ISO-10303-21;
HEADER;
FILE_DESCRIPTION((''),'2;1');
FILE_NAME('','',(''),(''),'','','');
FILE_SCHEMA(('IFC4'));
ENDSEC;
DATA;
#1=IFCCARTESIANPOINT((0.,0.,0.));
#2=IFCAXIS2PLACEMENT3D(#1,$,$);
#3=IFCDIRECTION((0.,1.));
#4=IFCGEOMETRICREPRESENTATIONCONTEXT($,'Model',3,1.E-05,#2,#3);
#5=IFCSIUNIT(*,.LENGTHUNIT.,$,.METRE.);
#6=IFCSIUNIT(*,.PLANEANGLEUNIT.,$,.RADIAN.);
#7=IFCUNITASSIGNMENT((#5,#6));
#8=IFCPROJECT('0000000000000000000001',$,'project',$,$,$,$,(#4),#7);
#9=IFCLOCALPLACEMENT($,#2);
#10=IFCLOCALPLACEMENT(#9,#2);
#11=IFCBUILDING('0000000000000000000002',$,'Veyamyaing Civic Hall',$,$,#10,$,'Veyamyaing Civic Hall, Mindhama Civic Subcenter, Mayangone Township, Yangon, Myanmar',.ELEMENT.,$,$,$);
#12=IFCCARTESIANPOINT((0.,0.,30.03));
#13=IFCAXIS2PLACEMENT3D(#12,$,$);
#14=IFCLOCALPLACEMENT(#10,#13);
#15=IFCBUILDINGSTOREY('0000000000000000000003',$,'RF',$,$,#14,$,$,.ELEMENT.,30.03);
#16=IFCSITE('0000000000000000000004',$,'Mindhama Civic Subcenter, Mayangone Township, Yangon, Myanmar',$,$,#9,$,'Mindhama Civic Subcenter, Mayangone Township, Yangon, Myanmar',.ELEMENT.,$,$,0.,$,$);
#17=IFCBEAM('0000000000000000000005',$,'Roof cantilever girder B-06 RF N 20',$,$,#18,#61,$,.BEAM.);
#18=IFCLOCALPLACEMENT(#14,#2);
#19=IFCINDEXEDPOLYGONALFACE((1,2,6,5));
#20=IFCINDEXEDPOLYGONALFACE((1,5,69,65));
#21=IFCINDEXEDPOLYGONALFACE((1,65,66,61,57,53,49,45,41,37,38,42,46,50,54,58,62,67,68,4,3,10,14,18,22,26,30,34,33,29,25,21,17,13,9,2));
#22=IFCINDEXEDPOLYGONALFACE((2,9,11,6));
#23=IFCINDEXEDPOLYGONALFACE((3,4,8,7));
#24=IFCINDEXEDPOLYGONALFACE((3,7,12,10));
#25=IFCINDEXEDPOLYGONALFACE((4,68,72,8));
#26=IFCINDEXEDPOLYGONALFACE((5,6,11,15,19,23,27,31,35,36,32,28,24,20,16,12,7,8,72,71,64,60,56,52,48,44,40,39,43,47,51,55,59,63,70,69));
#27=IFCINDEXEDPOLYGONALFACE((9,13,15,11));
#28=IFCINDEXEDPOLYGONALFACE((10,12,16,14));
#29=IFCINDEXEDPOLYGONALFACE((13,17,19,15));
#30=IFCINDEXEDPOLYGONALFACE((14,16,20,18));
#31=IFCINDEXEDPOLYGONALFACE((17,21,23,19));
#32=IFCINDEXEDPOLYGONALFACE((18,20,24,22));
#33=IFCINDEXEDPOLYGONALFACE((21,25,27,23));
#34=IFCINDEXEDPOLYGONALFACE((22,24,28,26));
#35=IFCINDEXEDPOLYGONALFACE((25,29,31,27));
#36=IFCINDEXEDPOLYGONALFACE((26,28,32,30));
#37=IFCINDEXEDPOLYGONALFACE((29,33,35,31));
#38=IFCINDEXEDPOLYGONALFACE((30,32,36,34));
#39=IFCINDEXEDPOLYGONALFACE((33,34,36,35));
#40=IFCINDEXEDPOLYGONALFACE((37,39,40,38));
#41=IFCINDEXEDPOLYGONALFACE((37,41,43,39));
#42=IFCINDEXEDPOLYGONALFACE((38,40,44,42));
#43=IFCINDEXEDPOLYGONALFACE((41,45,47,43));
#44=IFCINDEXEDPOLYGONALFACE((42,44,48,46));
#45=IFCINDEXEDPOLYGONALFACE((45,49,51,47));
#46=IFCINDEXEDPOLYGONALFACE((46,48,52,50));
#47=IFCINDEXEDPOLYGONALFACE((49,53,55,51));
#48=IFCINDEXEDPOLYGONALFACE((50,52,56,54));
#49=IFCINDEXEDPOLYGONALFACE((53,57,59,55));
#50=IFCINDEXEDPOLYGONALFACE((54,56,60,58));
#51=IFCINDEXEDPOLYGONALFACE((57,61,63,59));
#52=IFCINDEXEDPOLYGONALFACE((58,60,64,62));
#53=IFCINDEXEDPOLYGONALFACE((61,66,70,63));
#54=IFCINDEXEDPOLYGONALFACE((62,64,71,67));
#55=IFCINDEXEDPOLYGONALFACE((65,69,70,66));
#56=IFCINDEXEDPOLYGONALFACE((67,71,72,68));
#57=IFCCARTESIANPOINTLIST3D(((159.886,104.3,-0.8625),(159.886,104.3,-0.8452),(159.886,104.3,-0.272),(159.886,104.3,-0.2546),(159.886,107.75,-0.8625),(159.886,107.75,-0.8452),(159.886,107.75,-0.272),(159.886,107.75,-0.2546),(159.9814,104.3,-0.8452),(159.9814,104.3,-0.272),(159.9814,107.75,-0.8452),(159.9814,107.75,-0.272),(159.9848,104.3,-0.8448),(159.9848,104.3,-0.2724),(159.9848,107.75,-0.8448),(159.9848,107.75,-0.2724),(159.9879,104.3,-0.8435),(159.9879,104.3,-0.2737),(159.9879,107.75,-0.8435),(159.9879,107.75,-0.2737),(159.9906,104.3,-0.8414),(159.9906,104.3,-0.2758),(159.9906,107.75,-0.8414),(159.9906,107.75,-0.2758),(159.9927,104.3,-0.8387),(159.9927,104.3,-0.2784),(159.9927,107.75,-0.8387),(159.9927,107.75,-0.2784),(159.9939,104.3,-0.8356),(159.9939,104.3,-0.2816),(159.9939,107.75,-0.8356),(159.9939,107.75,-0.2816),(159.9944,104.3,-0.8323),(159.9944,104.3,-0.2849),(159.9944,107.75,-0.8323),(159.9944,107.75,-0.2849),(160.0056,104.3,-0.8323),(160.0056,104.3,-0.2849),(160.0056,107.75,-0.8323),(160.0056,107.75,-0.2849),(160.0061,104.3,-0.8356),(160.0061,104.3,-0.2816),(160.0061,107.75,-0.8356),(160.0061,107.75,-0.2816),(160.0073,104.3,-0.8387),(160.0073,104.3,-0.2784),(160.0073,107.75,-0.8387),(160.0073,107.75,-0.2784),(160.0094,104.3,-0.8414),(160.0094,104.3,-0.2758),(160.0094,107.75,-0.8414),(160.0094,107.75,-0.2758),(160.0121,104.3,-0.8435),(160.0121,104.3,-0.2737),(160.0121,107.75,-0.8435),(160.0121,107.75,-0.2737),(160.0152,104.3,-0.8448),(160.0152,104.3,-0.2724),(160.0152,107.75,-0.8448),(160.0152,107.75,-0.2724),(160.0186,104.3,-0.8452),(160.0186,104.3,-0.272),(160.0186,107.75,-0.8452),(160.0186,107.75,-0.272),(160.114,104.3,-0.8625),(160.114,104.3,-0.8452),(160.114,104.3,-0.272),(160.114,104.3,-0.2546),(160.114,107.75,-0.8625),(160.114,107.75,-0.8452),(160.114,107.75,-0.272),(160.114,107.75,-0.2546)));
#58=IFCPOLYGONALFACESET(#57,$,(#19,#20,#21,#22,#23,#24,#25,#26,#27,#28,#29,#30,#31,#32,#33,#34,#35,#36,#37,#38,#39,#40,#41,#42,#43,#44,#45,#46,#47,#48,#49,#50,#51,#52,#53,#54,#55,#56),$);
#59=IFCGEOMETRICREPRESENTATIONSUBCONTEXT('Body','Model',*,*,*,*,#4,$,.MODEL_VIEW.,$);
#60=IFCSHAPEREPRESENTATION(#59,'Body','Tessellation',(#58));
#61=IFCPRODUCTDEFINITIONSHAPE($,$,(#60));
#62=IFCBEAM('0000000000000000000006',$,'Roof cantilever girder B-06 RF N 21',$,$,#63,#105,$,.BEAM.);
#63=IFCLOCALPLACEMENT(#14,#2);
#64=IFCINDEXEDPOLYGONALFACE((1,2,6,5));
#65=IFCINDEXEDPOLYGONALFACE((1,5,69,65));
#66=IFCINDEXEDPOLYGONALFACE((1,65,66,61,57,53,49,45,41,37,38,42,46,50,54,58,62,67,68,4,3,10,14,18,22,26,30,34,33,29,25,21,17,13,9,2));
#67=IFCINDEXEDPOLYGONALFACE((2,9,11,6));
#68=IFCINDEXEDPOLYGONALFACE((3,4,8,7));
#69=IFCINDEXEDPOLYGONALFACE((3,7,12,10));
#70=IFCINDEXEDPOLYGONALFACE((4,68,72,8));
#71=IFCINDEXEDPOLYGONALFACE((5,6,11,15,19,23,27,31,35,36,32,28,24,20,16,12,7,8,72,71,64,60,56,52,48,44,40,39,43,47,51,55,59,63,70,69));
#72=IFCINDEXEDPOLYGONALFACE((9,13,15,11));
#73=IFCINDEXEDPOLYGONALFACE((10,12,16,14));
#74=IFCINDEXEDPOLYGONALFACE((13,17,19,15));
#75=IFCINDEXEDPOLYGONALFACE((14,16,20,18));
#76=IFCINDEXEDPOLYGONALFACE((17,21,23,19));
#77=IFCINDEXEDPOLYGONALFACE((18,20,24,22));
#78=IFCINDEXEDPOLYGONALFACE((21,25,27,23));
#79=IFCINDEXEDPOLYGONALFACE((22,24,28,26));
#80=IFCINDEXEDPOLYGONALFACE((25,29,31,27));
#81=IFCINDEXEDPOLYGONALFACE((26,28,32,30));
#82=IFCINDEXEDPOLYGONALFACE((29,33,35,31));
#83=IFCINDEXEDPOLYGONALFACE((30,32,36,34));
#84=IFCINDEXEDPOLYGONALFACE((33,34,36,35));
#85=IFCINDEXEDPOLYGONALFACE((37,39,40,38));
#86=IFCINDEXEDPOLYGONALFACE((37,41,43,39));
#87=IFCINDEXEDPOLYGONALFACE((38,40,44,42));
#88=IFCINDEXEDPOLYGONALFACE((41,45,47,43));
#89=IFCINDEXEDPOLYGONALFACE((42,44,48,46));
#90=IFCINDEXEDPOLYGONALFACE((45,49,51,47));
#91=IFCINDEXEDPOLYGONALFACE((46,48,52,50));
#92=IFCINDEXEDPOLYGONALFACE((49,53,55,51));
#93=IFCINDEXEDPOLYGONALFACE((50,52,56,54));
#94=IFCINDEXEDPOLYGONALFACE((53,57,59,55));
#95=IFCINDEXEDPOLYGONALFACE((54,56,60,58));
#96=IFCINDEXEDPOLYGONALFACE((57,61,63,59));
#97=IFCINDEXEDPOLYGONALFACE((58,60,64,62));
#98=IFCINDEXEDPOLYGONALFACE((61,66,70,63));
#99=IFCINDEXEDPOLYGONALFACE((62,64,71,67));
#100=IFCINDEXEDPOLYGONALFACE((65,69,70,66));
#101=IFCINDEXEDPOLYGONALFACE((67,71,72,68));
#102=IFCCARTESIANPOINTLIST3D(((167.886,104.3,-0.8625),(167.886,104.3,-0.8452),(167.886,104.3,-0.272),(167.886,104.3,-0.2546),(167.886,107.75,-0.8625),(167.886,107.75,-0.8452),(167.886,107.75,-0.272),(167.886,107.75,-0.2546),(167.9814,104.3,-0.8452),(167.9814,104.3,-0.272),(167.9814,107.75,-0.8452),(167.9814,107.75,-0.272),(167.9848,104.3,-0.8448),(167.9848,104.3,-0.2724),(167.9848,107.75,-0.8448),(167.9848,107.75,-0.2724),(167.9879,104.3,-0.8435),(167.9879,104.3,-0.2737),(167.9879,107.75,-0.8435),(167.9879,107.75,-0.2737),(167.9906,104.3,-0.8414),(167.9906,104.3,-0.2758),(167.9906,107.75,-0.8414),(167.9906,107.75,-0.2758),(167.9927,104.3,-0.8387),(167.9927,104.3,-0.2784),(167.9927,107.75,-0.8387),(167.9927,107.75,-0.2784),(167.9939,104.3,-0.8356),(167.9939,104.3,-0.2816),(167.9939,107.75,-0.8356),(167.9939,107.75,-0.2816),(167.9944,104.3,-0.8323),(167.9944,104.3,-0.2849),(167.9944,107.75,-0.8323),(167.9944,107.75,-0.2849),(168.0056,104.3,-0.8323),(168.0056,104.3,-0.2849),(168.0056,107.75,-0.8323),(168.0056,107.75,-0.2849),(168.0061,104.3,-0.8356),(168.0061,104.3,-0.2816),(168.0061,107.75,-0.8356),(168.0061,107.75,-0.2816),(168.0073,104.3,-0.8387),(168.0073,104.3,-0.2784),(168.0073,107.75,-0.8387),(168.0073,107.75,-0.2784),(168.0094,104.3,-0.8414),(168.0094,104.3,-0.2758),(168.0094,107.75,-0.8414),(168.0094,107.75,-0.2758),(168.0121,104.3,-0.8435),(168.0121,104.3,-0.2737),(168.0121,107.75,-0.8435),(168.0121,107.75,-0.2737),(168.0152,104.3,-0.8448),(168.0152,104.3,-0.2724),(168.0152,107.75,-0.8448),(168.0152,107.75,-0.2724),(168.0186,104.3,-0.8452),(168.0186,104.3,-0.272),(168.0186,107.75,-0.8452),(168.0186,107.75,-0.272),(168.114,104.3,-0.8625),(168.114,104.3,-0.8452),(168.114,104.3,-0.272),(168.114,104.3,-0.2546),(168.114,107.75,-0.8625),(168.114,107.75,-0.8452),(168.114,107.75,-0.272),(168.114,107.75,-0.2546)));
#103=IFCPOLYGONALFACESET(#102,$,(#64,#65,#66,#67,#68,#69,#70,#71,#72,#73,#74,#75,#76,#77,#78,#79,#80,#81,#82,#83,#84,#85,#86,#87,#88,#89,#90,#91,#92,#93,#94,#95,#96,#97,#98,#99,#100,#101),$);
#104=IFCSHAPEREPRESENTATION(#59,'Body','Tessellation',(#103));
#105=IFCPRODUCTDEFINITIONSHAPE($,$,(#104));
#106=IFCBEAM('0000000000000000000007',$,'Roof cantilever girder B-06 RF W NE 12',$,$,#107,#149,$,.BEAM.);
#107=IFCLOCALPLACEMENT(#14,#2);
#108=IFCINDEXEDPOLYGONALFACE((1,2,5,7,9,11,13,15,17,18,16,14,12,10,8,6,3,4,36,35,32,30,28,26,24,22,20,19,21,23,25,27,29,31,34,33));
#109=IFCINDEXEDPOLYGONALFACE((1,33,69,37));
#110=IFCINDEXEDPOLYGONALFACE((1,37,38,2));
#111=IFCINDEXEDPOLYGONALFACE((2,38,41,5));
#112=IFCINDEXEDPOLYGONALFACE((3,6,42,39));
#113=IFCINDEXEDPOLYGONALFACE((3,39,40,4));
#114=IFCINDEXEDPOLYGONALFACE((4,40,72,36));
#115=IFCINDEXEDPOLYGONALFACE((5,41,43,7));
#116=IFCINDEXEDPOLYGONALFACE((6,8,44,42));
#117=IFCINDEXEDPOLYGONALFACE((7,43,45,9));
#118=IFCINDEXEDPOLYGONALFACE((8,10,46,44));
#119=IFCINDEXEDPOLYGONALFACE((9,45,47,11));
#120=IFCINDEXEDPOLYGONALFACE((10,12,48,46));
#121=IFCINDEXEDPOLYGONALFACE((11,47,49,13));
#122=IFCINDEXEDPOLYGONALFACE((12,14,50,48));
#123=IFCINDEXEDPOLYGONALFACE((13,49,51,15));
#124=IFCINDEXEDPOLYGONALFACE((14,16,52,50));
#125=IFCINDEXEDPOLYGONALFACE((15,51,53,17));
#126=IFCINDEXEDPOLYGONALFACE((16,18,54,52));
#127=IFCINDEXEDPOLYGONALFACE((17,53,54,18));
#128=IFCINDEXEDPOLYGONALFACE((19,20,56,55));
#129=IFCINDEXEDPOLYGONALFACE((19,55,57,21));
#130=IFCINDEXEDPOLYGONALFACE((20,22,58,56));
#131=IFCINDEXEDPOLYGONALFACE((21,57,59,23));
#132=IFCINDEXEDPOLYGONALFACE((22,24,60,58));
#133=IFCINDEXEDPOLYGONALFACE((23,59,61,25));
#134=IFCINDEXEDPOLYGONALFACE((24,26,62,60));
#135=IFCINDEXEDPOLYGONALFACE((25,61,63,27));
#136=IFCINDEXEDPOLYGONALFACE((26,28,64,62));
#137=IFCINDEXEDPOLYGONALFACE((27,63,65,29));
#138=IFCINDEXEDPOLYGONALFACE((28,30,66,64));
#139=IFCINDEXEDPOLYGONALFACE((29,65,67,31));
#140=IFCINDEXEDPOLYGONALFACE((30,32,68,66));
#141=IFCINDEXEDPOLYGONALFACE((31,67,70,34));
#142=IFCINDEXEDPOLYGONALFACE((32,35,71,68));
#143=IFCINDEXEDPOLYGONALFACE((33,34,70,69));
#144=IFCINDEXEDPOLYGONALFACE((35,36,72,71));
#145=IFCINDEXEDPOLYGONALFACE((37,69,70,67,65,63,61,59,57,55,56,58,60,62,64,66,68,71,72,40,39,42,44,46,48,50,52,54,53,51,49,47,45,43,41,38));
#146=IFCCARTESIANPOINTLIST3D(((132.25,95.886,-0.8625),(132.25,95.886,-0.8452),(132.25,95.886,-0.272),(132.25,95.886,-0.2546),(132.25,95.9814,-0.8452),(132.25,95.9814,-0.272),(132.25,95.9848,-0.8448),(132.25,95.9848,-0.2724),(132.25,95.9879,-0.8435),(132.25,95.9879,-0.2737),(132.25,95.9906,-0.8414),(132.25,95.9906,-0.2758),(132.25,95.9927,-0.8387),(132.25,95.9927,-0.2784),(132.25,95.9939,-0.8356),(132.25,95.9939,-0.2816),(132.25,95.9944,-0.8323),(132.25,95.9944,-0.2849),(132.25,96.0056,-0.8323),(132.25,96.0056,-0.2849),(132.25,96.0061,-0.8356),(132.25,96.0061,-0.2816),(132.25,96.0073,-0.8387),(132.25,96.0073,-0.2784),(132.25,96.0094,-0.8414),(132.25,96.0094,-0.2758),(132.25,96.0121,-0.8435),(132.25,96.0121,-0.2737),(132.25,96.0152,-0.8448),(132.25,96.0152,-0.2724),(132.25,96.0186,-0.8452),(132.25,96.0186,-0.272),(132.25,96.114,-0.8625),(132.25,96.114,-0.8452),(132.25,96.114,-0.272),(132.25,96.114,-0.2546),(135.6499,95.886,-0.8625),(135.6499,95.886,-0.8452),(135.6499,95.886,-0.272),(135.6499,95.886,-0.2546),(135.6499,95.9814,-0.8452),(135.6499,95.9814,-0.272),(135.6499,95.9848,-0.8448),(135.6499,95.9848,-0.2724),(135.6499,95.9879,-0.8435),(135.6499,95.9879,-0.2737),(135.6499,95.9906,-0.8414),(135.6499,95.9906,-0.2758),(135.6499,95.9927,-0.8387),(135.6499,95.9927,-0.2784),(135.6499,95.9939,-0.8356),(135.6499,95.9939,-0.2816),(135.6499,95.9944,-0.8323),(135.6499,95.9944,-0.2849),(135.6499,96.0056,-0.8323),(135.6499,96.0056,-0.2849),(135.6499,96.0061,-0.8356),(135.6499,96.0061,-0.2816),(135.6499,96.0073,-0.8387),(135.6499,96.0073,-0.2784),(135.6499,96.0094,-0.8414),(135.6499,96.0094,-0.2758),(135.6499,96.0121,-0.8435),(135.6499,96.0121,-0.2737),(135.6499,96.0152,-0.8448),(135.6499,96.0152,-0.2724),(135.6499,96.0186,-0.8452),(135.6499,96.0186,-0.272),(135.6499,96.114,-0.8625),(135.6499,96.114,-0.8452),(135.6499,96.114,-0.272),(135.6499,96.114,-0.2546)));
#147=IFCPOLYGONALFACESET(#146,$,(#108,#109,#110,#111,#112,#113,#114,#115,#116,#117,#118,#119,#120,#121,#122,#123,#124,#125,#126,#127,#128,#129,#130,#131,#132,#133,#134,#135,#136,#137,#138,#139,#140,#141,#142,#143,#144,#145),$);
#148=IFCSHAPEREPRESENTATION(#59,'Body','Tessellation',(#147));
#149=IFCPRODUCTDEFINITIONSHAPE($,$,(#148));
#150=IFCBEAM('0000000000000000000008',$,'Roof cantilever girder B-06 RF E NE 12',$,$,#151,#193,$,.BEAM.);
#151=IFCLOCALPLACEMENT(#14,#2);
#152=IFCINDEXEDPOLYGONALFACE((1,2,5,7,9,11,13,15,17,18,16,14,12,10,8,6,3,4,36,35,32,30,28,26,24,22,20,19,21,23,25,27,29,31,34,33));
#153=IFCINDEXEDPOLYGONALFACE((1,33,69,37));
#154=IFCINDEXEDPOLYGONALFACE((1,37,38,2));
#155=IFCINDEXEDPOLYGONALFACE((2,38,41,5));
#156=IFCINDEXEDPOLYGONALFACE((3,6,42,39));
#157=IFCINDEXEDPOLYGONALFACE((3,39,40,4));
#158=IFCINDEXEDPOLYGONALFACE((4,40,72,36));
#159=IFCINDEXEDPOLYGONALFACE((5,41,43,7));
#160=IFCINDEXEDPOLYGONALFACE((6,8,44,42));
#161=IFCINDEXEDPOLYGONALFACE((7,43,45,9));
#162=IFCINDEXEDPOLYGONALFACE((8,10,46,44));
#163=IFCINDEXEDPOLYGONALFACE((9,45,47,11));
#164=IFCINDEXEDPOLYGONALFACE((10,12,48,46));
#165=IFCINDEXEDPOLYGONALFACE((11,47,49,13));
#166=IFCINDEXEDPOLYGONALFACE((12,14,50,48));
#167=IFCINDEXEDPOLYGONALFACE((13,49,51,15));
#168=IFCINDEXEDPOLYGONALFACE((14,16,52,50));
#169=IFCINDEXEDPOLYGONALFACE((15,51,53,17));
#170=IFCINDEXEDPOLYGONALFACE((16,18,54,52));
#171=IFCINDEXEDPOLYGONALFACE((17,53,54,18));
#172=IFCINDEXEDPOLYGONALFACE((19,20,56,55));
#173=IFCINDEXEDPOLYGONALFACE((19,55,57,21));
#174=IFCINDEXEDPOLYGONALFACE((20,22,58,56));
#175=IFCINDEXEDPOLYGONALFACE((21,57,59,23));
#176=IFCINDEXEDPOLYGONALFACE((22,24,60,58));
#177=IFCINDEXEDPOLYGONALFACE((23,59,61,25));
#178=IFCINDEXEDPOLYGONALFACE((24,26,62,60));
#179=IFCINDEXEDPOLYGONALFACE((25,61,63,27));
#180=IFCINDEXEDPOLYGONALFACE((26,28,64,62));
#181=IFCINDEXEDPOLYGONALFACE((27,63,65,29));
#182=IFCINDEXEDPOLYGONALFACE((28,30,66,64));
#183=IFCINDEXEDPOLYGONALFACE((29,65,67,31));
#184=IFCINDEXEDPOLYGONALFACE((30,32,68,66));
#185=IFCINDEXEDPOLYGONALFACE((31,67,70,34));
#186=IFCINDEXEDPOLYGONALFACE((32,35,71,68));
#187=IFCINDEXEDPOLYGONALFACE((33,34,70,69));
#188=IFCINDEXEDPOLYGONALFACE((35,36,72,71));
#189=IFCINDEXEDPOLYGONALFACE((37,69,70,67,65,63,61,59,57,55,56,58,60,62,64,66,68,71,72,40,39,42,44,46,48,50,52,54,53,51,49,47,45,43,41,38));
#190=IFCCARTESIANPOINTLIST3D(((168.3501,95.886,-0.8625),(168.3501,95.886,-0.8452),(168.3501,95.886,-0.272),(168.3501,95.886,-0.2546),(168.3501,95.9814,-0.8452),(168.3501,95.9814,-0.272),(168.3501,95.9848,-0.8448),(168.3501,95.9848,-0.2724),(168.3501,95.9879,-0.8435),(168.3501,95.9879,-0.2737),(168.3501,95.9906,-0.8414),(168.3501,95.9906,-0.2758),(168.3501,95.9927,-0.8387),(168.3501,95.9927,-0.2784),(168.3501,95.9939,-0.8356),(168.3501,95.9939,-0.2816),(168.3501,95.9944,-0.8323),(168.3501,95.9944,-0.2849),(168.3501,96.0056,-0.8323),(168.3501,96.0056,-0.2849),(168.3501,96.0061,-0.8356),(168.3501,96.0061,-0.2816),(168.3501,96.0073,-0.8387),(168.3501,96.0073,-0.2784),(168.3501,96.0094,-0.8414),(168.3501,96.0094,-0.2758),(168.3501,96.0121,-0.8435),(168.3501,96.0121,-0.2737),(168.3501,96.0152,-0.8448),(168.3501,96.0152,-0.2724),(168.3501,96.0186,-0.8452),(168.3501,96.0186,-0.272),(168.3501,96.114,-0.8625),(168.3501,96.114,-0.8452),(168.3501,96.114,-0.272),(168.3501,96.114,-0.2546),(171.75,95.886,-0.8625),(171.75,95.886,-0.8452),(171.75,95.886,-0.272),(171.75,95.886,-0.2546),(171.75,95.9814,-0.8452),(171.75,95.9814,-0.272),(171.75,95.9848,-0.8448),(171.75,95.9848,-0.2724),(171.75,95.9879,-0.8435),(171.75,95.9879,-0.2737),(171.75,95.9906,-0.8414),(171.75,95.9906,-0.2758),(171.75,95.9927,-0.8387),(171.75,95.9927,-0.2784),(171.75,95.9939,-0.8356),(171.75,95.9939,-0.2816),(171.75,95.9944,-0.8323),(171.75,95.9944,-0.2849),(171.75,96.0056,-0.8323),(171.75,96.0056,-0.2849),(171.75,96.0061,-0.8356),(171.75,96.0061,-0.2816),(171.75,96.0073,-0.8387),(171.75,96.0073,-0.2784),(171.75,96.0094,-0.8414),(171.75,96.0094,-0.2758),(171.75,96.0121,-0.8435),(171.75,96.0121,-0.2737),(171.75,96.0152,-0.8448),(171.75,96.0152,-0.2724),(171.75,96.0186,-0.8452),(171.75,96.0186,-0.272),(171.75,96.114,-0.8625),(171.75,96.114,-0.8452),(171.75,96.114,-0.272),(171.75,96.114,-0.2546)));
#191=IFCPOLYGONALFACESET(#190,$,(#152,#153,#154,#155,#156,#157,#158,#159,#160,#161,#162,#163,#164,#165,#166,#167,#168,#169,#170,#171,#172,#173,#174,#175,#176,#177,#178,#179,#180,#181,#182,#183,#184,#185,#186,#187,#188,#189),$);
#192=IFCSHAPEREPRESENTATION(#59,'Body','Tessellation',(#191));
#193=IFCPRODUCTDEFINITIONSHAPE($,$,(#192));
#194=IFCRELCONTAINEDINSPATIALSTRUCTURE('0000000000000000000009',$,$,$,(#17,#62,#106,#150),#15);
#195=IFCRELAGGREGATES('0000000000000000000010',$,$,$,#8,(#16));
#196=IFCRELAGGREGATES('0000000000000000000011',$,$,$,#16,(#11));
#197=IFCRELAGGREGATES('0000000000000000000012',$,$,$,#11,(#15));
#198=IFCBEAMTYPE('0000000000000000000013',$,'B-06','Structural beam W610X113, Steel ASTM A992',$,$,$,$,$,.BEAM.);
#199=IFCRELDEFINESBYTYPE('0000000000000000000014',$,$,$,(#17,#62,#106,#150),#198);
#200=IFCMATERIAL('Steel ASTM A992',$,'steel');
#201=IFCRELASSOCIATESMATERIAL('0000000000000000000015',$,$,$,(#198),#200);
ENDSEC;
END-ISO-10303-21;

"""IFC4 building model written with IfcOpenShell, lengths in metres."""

from ifc_helpers import new_model, si_unit, direction, frame, origin, origin_2d, place, context, subcontext, project, spatial, i_section, extrude, material, material_profile, profile_set, type_object, element, save


model = new_model("IFC4")

# Units and contexts
model_context = context("Model", 3, precision=1e-05, world=origin(), true_north=direction((0.0, 1.0)))
body_context = subcontext(model_context, "Body", "Model", "MODEL_VIEW")
ifc_project = project(units=[si_unit("LENGTHUNIT", "METRE"), si_unit("PLANEANGLEUNIT", "RADIAN")], contexts=[model_context])

# Site, building, storey
site_placement = place(None, origin())
site = spatial("IfcSite", under=ifc_project, at=site_placement, Name="Mindhama Civic Subcenter, Mayangone Township, Yangon, Myanmar", LongName="Mindhama Civic Subcenter, Mayangone Township, Yangon, Myanmar", CompositionType="ELEMENT", RefElevation=0.0)
building_placement = place(site_placement, origin())
building = spatial("IfcBuilding", under=site, at=building_placement, Name="Veyamyaing Civic Hall", LongName="Veyamyaing Civic Hall, Mindhama Civic Subcenter, Mayangone Township, Yangon, Myanmar", CompositionType="ELEMENT")
storey_placement = place(building_placement, frame((0.0, 0.0, 30.03)))
storey = spatial("IfcBuildingStorey", under=building, at=storey_placement, Name="RF", CompositionType="ELEMENT", Elevation=30.03)

# Beams
ifc_material_1 = material(Name="Steel ASTM A992", Category="steel")
ifc_material_profile_1 = material_profile(ifc_material_1, i_section(OverallWidth=0.228, OverallDepth=0.6079, WebThickness=0.0112, FlangeThickness=0.0173, FilletRadius=0.0129, at=origin_2d()), Name="W610X113")
ifc_profile_set_1 = profile_set([ifc_material_profile_1], Name="Steel ASTM A992")
beam_type_1 = type_object("IfcBeamType", Name="B-06", Description="Structural beam W610X113, Steel ASTM A992", PredefinedType="BEAM", material=ifc_profile_set_1)
for number, where, z_axis, x_axis, name in (
    (1, (160.0, 104.3, -0.5586), (0.0, 1.0, 0.0), (-1.0, 0.0, 0.0), "Roof cantilever girder B-06 RF N 20"),
    (2, (168.0, 104.3, -0.5586), (0.0, 1.0, 0.0), (-1.0, 0.0, 0.0), "Roof cantilever girder B-06 RF N 21"),
):
    element("IfcBeam", number, at=place(storey_placement, frame(where, z_axis=z_axis, x_axis=x_axis)), inside=storey, type_object=beam_type_1, Name=name, PredefinedType="BEAM", context=body_context, shape_type="SweptSolid", body=[
        extrude(i_section(OverallWidth=0.228, OverallDepth=0.6079, WebThickness=0.0112, FlangeThickness=0.0173, FilletRadius=0.0129, at=origin_2d()), origin(), (0.0, 0.0, 1.0), 3.45),
    ])
for number, where, z_axis, x_axis, name in (
    (3, (132.25, 96.0, -0.5586), (1.0, 0.0, 0.0), (0.0, 1.0, 0.0), "Roof cantilever girder B-06 RF W NE 12"),
    (4, (168.3501, 96.0, -0.5586), (1.0, 0.0, 0.0), (0.0, 1.0, 0.0), "Roof cantilever girder B-06 RF E NE 12"),
):
    element("IfcBeam", number, at=place(storey_placement, frame(where, z_axis=z_axis, x_axis=x_axis)), inside=storey, type_object=beam_type_1, Name=name, PredefinedType="BEAM", context=body_context, shape_type="SweptSolid", body=[
        extrude(i_section(OverallWidth=0.228, OverallDepth=0.6079, WebThickness=0.0112, FlangeThickness=0.0173, FilletRadius=0.0129, at=origin_2d()), origin(), (0.0, 0.0, 1.0), 3.3999),
    ])

save(model, "model.ifc")
